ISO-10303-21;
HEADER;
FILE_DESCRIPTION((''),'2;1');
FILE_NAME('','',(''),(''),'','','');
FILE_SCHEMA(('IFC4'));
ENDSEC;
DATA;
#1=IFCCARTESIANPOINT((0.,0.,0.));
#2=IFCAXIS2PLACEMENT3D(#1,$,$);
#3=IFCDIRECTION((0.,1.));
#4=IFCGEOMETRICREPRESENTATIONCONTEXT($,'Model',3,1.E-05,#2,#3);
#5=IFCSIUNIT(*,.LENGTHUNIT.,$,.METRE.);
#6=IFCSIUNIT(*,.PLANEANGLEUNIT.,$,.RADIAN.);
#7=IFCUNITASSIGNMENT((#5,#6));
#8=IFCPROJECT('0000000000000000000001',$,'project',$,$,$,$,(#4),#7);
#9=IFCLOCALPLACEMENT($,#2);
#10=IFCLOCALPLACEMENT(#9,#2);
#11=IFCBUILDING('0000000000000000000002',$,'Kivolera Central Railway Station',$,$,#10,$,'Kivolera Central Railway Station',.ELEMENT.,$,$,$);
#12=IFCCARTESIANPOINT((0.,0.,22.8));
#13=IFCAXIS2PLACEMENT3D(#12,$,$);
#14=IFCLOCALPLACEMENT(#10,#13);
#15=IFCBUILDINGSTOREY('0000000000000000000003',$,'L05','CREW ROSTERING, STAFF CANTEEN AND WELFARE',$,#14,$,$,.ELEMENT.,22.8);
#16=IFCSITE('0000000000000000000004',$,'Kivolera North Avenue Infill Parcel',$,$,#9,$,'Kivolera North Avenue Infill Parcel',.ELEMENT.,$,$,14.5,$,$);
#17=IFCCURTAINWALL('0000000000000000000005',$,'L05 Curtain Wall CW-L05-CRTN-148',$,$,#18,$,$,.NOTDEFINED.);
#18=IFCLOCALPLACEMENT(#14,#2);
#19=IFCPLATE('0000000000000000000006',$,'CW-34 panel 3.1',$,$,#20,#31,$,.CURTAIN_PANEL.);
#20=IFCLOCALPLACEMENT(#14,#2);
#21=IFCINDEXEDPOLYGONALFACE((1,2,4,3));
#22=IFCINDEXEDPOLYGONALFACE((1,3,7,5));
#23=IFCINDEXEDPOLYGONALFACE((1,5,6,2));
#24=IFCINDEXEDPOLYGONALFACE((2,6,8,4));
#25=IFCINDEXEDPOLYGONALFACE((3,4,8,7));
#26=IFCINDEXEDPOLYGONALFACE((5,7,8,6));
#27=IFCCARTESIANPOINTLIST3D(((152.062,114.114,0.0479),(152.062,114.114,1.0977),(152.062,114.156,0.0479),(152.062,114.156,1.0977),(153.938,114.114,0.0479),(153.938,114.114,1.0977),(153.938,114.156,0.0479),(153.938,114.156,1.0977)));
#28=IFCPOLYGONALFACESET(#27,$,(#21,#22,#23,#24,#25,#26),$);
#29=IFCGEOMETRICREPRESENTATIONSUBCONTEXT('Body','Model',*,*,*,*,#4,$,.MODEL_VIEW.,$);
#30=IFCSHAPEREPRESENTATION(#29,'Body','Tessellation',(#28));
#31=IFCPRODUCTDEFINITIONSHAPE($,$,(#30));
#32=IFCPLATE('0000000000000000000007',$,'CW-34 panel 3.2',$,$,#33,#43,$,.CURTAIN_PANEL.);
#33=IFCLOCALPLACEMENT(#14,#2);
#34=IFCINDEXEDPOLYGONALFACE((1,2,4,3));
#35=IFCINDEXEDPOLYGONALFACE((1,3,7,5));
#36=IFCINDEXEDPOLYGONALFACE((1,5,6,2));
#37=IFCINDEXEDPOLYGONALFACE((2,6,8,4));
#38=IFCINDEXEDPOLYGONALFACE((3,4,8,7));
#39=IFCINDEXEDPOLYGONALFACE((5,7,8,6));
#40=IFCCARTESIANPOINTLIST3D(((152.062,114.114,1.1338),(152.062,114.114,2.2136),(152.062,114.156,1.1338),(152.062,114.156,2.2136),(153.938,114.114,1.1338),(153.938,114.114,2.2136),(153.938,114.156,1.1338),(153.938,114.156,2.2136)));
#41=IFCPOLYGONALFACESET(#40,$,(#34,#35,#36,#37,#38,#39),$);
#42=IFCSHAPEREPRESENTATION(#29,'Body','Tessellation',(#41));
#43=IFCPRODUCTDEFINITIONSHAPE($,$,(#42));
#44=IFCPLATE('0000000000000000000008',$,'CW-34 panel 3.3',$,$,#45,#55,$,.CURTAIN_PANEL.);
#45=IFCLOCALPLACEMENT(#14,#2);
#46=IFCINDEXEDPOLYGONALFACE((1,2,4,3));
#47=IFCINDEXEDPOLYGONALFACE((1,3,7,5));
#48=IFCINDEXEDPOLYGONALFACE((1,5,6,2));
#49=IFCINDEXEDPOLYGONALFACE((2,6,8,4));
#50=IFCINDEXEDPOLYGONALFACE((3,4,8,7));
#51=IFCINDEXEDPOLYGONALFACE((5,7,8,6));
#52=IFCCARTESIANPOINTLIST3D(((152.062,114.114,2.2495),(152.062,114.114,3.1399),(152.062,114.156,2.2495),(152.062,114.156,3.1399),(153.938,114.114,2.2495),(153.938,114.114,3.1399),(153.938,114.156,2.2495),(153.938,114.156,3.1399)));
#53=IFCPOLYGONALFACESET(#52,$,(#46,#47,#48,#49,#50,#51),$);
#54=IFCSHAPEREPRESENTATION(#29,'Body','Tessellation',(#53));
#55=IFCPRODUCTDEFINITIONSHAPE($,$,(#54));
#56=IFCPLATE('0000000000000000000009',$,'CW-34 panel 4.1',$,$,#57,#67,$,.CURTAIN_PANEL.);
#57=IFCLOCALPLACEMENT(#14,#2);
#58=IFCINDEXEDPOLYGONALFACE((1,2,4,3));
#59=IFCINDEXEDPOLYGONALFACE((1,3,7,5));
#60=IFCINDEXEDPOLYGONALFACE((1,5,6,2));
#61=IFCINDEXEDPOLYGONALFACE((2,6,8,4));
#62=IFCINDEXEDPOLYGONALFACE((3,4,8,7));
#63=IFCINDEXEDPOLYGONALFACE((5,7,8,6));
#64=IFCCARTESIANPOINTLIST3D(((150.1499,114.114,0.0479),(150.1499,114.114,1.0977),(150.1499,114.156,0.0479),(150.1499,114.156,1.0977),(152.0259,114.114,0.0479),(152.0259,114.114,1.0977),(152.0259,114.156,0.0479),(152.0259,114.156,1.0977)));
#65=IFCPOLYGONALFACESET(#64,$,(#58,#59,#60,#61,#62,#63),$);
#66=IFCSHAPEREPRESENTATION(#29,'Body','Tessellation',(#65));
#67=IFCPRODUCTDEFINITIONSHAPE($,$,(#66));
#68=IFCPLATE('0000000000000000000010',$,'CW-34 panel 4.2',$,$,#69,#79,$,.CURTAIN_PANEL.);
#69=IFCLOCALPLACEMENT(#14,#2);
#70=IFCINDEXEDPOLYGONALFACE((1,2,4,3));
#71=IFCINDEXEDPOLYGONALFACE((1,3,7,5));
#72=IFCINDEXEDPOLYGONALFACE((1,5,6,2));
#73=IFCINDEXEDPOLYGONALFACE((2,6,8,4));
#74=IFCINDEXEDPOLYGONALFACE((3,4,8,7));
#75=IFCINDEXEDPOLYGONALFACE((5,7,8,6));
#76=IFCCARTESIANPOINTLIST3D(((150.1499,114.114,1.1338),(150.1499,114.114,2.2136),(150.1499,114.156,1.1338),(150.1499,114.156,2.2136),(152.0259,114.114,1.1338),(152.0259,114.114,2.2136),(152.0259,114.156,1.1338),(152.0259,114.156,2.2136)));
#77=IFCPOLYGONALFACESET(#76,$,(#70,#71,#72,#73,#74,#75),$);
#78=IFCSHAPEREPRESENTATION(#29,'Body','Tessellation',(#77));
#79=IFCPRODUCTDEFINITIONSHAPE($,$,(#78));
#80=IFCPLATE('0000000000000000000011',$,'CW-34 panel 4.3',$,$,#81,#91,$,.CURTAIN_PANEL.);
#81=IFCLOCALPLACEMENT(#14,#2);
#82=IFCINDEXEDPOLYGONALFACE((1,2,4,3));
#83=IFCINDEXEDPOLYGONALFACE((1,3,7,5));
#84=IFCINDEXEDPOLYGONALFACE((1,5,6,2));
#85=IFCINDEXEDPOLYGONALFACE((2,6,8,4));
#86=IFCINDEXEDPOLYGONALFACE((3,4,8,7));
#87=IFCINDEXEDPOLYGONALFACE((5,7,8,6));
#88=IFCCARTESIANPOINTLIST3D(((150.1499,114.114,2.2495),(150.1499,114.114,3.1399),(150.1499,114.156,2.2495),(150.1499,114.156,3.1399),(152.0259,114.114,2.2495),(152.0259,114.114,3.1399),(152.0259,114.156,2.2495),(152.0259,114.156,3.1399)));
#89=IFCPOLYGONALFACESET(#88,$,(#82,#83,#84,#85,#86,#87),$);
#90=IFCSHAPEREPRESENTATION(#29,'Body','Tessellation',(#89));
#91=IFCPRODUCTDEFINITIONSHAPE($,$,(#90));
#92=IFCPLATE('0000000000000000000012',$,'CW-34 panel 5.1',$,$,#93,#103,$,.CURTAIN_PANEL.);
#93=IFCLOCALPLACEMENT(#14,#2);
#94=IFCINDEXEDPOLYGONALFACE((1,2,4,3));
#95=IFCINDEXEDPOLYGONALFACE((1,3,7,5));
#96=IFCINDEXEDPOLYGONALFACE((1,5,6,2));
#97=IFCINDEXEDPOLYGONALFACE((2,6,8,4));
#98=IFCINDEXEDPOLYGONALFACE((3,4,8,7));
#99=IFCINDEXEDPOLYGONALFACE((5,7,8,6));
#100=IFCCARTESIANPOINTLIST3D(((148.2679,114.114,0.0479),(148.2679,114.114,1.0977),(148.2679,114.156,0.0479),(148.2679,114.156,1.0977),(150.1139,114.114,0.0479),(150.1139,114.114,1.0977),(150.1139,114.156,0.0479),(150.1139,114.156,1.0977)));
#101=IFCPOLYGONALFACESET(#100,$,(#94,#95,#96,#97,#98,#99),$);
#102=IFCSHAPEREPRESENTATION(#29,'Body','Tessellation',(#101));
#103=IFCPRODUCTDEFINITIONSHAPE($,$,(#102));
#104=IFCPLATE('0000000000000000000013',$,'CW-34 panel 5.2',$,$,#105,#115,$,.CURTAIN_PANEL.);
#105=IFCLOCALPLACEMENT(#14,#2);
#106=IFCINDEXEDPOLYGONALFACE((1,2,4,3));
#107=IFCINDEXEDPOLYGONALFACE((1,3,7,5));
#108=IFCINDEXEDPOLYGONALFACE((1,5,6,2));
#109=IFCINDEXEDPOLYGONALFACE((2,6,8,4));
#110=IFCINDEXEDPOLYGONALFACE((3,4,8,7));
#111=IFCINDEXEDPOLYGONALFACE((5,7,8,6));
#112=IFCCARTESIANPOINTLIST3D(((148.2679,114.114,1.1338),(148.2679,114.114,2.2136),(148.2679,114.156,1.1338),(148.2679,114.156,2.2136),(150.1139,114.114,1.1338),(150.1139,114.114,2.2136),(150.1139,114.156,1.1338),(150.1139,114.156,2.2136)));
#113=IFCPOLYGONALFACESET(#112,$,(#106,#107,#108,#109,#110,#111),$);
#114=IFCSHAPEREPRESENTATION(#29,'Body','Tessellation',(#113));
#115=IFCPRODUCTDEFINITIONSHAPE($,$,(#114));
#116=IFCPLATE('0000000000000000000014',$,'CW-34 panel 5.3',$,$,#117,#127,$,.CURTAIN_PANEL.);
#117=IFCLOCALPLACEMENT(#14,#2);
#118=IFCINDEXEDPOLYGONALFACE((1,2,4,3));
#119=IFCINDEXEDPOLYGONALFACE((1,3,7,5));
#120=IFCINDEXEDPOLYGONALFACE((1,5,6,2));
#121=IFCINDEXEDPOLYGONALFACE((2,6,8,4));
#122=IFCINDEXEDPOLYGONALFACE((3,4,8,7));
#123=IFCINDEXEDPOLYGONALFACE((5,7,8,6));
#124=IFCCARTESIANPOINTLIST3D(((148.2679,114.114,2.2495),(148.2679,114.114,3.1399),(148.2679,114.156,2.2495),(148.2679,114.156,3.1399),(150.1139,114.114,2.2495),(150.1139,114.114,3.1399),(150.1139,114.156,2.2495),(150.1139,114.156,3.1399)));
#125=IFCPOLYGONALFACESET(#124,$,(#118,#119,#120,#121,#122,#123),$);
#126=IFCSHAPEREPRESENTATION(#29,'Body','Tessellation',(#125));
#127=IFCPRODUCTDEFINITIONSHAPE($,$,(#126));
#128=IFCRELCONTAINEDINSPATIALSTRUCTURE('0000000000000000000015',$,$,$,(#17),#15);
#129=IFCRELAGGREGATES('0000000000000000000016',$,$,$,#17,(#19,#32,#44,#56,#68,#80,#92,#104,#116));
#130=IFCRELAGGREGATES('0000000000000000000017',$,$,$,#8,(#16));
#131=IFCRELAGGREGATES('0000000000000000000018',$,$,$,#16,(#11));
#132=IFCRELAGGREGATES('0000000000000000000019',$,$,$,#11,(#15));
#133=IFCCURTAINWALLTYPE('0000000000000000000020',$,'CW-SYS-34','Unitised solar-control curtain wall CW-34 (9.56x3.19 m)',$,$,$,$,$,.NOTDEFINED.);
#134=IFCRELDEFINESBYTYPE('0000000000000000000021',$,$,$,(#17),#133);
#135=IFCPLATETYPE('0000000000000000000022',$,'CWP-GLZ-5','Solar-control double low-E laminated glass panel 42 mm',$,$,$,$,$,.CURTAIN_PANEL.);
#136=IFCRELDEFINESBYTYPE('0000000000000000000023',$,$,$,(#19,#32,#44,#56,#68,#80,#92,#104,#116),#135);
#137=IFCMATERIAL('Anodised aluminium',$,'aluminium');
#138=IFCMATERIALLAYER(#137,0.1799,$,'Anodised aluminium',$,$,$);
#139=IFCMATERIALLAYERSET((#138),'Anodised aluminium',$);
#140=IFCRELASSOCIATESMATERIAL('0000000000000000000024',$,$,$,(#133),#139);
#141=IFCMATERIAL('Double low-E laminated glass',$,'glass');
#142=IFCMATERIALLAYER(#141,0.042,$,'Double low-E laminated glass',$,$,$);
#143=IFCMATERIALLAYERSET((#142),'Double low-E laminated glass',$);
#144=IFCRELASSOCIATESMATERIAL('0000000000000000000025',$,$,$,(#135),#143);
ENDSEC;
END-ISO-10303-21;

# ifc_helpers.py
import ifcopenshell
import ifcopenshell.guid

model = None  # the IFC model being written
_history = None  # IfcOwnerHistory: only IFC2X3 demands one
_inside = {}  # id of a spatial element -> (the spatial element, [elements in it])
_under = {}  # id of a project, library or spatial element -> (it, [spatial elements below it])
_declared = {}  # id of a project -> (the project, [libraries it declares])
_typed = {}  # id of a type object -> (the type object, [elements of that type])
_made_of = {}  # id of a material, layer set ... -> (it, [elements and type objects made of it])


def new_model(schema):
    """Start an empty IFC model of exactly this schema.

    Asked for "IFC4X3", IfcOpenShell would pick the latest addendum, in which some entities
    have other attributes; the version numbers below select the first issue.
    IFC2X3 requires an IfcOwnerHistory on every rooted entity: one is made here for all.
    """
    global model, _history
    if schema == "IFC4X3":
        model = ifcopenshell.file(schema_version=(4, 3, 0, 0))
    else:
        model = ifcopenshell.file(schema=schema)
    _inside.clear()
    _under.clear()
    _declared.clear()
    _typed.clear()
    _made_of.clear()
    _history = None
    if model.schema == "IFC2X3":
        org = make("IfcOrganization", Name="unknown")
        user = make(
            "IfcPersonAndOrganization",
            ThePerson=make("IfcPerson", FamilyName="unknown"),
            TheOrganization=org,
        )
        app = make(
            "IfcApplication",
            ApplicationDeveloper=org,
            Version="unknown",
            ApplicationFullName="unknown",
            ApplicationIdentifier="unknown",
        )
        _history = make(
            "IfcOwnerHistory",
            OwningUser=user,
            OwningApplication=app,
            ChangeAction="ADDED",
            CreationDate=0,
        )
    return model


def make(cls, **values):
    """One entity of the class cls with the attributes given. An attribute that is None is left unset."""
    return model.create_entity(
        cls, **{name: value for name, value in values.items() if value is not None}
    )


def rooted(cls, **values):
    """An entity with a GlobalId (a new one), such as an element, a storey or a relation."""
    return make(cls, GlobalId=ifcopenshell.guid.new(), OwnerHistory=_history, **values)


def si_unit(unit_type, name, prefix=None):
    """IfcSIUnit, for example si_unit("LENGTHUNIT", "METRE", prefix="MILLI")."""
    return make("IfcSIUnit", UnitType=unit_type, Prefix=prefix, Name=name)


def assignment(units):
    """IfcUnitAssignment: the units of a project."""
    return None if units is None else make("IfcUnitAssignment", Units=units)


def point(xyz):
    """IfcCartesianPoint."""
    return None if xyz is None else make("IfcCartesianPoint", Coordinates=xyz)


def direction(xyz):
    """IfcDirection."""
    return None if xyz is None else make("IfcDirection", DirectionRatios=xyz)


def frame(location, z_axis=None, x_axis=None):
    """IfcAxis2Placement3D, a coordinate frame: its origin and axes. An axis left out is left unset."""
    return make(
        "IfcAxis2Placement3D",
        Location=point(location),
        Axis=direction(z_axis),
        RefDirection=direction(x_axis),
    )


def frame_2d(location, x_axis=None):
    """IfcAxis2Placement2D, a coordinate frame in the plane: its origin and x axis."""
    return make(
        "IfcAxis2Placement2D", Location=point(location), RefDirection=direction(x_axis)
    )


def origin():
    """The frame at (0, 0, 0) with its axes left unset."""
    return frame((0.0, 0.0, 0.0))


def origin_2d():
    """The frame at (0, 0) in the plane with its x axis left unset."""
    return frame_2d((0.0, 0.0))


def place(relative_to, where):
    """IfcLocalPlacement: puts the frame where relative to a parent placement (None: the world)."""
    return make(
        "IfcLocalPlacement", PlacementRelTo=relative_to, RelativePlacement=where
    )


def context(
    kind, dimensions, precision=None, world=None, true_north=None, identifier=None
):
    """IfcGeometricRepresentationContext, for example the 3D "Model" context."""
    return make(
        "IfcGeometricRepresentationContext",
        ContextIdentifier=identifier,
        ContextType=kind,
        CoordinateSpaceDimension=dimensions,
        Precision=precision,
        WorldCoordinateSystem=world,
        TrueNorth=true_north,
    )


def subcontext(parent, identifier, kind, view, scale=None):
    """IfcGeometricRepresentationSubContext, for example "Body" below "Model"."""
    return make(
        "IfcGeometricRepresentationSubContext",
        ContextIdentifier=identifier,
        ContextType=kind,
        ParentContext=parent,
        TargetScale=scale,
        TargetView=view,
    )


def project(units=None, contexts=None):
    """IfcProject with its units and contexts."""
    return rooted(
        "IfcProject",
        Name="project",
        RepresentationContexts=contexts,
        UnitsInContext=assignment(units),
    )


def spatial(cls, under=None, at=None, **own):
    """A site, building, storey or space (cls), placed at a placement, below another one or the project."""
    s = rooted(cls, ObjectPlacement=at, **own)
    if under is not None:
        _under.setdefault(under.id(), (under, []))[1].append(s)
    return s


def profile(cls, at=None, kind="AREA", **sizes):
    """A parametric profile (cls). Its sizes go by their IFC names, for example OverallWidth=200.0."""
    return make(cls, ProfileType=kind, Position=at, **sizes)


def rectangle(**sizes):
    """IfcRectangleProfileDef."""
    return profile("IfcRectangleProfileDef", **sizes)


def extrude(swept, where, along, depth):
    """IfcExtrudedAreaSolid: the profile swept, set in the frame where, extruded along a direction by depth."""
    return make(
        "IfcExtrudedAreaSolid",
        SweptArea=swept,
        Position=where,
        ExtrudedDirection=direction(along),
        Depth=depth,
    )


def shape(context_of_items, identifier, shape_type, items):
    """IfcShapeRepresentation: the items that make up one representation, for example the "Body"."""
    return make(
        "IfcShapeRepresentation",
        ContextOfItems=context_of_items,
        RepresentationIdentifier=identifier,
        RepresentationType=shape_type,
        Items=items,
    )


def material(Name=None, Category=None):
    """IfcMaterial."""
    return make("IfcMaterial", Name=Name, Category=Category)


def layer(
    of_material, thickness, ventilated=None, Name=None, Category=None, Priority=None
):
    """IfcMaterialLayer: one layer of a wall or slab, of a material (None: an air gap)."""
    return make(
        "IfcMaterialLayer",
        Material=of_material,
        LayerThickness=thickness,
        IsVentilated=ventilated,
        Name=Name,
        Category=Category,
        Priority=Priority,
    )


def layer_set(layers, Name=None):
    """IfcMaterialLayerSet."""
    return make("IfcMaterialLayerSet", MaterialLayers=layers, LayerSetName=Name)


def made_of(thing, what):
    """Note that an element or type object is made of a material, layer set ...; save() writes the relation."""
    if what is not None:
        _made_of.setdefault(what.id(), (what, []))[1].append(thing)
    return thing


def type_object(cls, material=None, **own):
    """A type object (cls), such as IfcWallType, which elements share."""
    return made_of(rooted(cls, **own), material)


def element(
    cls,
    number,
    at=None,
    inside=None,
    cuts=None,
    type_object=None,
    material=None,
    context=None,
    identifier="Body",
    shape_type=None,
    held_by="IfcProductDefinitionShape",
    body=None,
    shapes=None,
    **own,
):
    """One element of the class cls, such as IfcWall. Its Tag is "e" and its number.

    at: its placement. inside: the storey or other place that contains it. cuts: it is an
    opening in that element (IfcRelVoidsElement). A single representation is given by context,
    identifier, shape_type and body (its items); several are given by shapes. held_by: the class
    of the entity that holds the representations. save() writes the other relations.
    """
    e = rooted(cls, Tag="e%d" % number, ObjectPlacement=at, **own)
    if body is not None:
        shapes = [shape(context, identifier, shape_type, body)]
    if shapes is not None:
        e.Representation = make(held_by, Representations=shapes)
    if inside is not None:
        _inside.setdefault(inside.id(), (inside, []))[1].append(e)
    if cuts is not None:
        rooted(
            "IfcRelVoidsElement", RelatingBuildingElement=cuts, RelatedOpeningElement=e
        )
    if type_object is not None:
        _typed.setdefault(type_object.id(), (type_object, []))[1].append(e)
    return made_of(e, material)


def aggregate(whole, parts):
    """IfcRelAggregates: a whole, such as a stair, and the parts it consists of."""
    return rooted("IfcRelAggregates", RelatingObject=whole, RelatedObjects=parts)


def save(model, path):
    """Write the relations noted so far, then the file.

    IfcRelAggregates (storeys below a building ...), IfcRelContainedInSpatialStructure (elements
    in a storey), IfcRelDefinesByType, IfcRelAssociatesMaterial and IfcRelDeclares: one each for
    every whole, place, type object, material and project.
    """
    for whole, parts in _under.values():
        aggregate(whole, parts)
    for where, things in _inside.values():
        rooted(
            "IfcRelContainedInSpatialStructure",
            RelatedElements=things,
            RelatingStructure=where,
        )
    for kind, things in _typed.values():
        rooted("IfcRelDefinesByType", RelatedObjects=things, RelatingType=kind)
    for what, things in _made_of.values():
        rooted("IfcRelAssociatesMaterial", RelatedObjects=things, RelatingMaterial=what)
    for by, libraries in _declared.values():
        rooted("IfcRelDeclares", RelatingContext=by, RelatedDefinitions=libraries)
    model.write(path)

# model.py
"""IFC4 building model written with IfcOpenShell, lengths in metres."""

from ifc_helpers import new_model, si_unit, direction, frame, origin, origin_2d, place, context, subcontext, project, spatial, rectangle, extrude, material, layer, layer_set, type_object, element, aggregate, save


model = new_model("IFC4")

# Units and contexts
model_context = context("Model", 3, precision=1e-05, world=origin(), true_north=direction((0.0, 1.0)))
body_context = subcontext(model_context, "Body", "Model", "MODEL_VIEW")
ifc_project = project(units=[si_unit("LENGTHUNIT", "METRE"), si_unit("PLANEANGLEUNIT", "RADIAN")], contexts=[model_context])

# Site, building, storey
site_placement = place(None, origin())
site = spatial("IfcSite", under=ifc_project, at=site_placement, Name="Kivolera North Avenue Infill Parcel", LongName="Kivolera North Avenue Infill Parcel", CompositionType="ELEMENT", RefElevation=14.5)
building_placement = place(site_placement, origin())
building = spatial("IfcBuilding", under=site, at=building_placement, Name="Kivolera Central Railway Station", LongName="Kivolera Central Railway Station", CompositionType="ELEMENT")
storey_placement = place(building_placement, frame((0.0, 0.0, 22.8)))
storey = spatial("IfcBuildingStorey", under=building, at=storey_placement, Name="L05", Description="CREW ROSTERING, STAFF CANTEEN AND WELFARE", CompositionType="ELEMENT", Elevation=22.8)

# Curtain wall, plates
ifc_material_1 = material(Name="Anodised aluminium", Category="aluminium")
ifc_layer_1 = layer(ifc_material_1, 0.1799, Name="Anodised aluminium")
ifc_layer_set_1 = layer_set([ifc_layer_1], Name="Anodised aluminium")
curtain_wall_type = type_object("IfcCurtainWallType", Name="CW-SYS-34", Description="Unitised solar-control curtain wall CW-34 (9.56x3.19 m)", PredefinedType="NOTDEFINED", material=ifc_layer_set_1)
curtain_wall_placement = place(storey_placement, origin())
curtain_wall = element("IfcCurtainWall", 1, at=curtain_wall_placement, inside=storey, type_object=curtain_wall_type, Name="L05 Curtain Wall CW-L05-CRTN-148", PredefinedType="NOTDEFINED")
ifc_material_2 = material(Name="Double low-E laminated glass", Category="glass")
ifc_layer_2 = layer(ifc_material_2, 0.042, Name="Double low-E laminated glass")
ifc_layer_set_2 = layer_set([ifc_layer_2], Name="Double low-E laminated glass")
plate_type = type_object("IfcPlateType", Name="CWP-GLZ-5", Description="Solar-control double low-E laminated glass panel 42 mm", PredefinedType="CURTAIN_PANEL", material=ifc_layer_set_2)
plate_1_placement = place(storey_placement, frame((153.0, 114.135, 0.0479), z_axis=(0.0, 0.0, 1.0), x_axis=(-1.0, 0.0, 0.0)))
plate_1 = element("IfcPlate", 2, at=plate_1_placement, type_object=plate_type, Name="CW-34 panel 3.1", PredefinedType="CURTAIN_PANEL", context=body_context, shape_type="SweptSolid", body=[
    extrude(rectangle(XDim=1.876, YDim=0.042, at=origin_2d()), origin(), (0.0, 0.0, 1.0), 1.0498),
])
plate_2_placement = place(storey_placement, frame((153.0, 114.135, 1.1338), z_axis=(0.0, 0.0, 1.0), x_axis=(-1.0, 0.0, 0.0)))
plate_2 = element("IfcPlate", 3, at=plate_2_placement, type_object=plate_type, Name="CW-34 panel 3.2", PredefinedType="CURTAIN_PANEL", context=body_context, shape_type="SweptSolid", body=[
    extrude(rectangle(XDim=1.876, YDim=0.042, at=origin_2d()), origin(), (0.0, 0.0, 1.0), 1.0798),
])
plate_3_placement = place(storey_placement, frame((153.0, 114.135, 2.2495), z_axis=(0.0, 0.0, 1.0), x_axis=(-1.0, 0.0, 0.0)))
plate_3 = element("IfcPlate", 4, at=plate_3_placement, type_object=plate_type, Name="CW-34 panel 3.3", PredefinedType="CURTAIN_PANEL", context=body_context, shape_type="SweptSolid", body=[
    extrude(rectangle(XDim=1.876, YDim=0.042, at=origin_2d()), origin(), (0.0, 0.0, 1.0), 0.8904),
])
plate_4_placement = place(storey_placement, frame((151.0879, 114.135, 0.0479), z_axis=(0.0, 0.0, 1.0), x_axis=(-1.0, 0.0, 0.0)))
plate_4 = element("IfcPlate", 5, at=plate_4_placement, type_object=plate_type, Name="CW-34 panel 4.1", PredefinedType="CURTAIN_PANEL", context=body_context, shape_type="SweptSolid", body=[
    extrude(rectangle(XDim=1.876, YDim=0.042, at=origin_2d()), origin(), (0.0, 0.0, 1.0), 1.0498),
])
plate_5_placement = place(storey_placement, frame((151.0879, 114.135, 1.1338), z_axis=(0.0, 0.0, 1.0), x_axis=(-1.0, 0.0, 0.0)))
plate_5 = element("IfcPlate", 6, at=plate_5_placement, type_object=plate_type, Name="CW-34 panel 4.2", PredefinedType="CURTAIN_PANEL", context=body_context, shape_type="SweptSolid", body=[
    extrude(rectangle(XDim=1.876, YDim=0.042, at=origin_2d()), origin(), (0.0, 0.0, 1.0), 1.0798),
])
plate_6_placement = place(storey_placement, frame((151.0879, 114.135, 2.2495), z_axis=(0.0, 0.0, 1.0), x_axis=(-1.0, 0.0, 0.0)))
plate_6 = element("IfcPlate", 7, at=plate_6_placement, type_object=plate_type, Name="CW-34 panel 4.3", PredefinedType="CURTAIN_PANEL", context=body_context, shape_type="SweptSolid", body=[
    extrude(rectangle(XDim=1.876, YDim=0.042, at=origin_2d()), origin(), (0.0, 0.0, 1.0), 0.8904),
])
plate_7_placement = place(storey_placement, frame((149.1909, 114.135, 0.0479), z_axis=(0.0, 0.0, 1.0), x_axis=(-1.0, 0.0, 0.0)))
plate_7 = element("IfcPlate", 8, at=plate_7_placement, type_object=plate_type, Name="CW-34 panel 5.1", PredefinedType="CURTAIN_PANEL", context=body_context, shape_type="SweptSolid", body=[
    extrude(rectangle(XDim=1.8459, YDim=0.042, at=origin_2d()), origin(), (0.0, 0.0, 1.0), 1.0498),
])
plate_8_placement = place(storey_placement, frame((149.1909, 114.135, 1.1338), z_axis=(0.0, 0.0, 1.0), x_axis=(-1.0, 0.0, 0.0)))
plate_8 = element("IfcPlate", 9, at=plate_8_placement, type_object=plate_type, Name="CW-34 panel 5.2", PredefinedType="CURTAIN_PANEL", context=body_context, shape_type="SweptSolid", body=[
    extrude(rectangle(XDim=1.8459, YDim=0.042, at=origin_2d()), origin(), (0.0, 0.0, 1.0), 1.0798),
])
plate_9_placement = place(storey_placement, frame((149.1909, 114.135, 2.2495), z_axis=(0.0, 0.0, 1.0), x_axis=(-1.0, 0.0, 0.0)))
plate_9 = element("IfcPlate", 10, at=plate_9_placement, type_object=plate_type, Name="CW-34 panel 5.3", PredefinedType="CURTAIN_PANEL", context=body_context, shape_type="SweptSolid", body=[
    extrude(rectangle(XDim=1.8459, YDim=0.042, at=origin_2d()), origin(), (0.0, 0.0, 1.0), 0.8904),
])
aggregate(curtain_wall, [plate_1, plate_2, plate_3, plate_4, plate_5, plate_6, plate_7, plate_8, plate_9])

save(model, "model.ifc")
